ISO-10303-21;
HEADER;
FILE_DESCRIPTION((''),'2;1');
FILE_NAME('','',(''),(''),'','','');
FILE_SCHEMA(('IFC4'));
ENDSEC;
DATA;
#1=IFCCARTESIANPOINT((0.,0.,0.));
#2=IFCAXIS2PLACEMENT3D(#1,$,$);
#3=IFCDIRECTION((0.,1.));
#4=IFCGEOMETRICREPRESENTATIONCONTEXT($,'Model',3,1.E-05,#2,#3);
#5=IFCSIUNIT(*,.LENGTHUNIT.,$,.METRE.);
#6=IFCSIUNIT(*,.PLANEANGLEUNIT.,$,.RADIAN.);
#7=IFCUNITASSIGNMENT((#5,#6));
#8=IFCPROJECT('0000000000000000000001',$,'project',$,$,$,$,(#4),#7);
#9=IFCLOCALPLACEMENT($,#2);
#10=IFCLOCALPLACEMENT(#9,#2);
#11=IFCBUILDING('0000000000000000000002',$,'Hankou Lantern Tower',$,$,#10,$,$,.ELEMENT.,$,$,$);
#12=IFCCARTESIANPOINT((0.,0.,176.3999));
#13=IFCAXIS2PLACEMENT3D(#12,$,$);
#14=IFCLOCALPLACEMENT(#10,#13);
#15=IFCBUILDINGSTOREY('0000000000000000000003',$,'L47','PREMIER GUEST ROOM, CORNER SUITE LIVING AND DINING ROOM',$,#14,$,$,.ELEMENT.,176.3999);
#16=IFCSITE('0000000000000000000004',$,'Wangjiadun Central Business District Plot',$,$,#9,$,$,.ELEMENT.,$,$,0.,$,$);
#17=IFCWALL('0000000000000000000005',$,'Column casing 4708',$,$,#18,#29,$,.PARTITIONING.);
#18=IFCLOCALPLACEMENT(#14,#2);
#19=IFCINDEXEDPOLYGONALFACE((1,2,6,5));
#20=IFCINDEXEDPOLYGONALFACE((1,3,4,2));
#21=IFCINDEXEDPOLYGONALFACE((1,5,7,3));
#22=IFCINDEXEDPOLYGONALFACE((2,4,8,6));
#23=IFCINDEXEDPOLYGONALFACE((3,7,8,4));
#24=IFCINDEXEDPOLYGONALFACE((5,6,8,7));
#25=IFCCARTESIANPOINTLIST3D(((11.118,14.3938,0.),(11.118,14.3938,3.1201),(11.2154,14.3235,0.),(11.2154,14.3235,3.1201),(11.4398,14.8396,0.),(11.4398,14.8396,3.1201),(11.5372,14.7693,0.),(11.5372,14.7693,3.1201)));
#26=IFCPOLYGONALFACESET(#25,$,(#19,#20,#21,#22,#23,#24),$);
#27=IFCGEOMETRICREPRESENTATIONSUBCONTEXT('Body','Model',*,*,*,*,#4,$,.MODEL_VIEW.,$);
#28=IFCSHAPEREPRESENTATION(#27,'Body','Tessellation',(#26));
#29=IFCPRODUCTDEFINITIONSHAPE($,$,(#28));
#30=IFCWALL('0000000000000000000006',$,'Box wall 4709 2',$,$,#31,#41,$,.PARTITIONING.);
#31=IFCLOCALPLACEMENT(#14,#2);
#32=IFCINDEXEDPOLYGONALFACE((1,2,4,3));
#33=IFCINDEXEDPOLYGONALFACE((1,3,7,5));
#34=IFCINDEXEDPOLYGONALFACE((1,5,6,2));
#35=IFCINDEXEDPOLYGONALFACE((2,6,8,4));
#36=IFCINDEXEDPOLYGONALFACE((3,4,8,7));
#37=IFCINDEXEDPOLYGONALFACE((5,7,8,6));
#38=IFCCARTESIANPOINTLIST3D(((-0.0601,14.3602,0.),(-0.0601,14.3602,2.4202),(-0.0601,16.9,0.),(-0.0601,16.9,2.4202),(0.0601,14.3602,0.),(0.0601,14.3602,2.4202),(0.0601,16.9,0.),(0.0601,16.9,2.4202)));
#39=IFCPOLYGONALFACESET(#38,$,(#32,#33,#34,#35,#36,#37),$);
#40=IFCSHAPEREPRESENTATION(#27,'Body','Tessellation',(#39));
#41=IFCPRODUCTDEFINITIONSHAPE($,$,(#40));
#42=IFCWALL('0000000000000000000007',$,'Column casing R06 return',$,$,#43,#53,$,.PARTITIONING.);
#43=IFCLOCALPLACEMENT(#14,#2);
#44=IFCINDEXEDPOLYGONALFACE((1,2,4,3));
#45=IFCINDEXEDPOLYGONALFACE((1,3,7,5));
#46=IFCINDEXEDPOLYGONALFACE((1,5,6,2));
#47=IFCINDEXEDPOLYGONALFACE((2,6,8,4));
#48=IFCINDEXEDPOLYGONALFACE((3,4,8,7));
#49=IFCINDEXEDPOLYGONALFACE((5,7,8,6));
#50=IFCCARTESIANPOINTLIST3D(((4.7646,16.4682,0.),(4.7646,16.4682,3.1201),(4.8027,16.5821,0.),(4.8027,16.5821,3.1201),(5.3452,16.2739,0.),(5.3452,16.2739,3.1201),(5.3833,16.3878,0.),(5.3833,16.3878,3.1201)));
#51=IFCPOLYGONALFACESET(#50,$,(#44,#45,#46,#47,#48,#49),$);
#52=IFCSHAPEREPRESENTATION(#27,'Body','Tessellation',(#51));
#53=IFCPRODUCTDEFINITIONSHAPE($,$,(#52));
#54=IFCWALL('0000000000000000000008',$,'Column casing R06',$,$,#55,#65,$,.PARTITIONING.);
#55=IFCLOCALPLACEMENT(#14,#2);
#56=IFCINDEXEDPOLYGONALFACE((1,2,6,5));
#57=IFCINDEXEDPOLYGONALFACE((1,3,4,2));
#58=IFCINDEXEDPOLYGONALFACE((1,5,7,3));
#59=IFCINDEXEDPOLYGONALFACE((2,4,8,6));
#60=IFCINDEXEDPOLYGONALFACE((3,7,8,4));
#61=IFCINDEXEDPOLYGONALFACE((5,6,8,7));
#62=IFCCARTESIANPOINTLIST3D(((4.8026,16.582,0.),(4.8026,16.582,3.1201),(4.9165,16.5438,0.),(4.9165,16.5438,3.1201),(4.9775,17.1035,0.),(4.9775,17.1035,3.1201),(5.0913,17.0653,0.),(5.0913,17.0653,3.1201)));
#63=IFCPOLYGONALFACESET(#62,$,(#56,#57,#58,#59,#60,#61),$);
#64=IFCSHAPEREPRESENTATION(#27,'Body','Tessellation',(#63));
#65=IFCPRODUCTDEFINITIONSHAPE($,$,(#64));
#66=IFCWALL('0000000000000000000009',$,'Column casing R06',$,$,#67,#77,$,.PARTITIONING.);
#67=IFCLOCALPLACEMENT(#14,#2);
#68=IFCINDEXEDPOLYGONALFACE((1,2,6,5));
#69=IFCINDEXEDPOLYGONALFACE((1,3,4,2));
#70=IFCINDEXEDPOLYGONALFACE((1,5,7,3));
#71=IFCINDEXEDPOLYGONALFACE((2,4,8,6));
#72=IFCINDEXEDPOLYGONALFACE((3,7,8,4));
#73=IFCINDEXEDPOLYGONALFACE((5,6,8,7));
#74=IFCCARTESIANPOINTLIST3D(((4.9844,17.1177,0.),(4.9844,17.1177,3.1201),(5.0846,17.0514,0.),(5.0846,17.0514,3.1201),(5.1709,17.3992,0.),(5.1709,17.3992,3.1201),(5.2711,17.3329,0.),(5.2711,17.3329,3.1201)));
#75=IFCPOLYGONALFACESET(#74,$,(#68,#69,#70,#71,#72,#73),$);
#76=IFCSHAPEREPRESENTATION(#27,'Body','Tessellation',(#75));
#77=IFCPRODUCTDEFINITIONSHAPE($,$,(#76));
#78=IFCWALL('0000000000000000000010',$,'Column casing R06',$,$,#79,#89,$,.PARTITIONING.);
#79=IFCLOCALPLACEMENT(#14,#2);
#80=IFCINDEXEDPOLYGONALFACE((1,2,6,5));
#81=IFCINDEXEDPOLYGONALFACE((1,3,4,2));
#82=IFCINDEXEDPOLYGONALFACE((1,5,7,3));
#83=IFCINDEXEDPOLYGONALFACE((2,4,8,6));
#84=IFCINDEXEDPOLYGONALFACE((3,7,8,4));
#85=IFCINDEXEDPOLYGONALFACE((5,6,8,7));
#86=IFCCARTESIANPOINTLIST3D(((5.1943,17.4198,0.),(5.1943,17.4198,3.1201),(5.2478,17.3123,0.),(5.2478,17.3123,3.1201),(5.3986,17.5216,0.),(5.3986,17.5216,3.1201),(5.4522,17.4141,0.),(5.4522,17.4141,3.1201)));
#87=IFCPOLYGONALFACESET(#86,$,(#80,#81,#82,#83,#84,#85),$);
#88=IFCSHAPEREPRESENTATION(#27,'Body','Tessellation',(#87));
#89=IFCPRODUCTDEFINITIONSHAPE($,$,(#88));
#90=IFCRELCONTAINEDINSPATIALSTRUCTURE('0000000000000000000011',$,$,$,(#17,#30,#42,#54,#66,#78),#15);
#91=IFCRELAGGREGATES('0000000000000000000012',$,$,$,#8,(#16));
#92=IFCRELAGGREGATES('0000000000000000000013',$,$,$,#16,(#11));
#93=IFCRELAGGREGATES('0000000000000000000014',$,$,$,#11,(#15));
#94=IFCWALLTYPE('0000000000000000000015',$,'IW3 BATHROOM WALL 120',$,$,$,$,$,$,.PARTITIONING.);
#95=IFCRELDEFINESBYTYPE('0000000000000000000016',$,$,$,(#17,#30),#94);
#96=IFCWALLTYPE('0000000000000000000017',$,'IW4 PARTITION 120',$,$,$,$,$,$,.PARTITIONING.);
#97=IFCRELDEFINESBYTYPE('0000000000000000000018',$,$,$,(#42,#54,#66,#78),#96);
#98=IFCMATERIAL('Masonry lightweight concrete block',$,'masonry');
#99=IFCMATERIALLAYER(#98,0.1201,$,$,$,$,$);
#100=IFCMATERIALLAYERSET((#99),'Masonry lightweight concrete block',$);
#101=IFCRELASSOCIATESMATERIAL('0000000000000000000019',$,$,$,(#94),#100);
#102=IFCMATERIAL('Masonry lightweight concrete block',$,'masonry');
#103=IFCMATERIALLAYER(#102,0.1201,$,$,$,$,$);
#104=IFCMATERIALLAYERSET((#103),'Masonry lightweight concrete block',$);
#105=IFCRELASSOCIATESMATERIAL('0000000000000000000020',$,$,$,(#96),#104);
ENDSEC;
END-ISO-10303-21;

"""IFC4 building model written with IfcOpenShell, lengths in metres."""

from ifc_helpers import new_model, si_unit, direction, frame, frame_2d, origin, place, context, subcontext, project, spatial, rectangle, extrude, material, layer, layer_set, type_object, element, save


model = new_model("IFC4")

# Units and contexts
model_context = context("Model", 3, precision=1e-05, world=origin(), true_north=direction((0.0, 1.0)))
body_context = subcontext(model_context, "Body", "Model", "MODEL_VIEW")
ifc_project = project(units=[si_unit("LENGTHUNIT", "METRE"), si_unit("PLANEANGLEUNIT", "RADIAN")], contexts=[model_context])

# Site, building, storey
site_placement = place(None, origin())
site = spatial("IfcSite", under=ifc_project, at=site_placement, Name="Wangjiadun Central Business District Plot", CompositionType="ELEMENT", RefElevation=0.0)
building_placement = place(site_placement, origin())
building = spatial("IfcBuilding", under=site, at=building_placement, Name="Hankou Lantern Tower", CompositionType="ELEMENT")
storey_placement = place(building_placement, frame((0.0, 0.0, 176.3999)))
storey = spatial("IfcBuildingStorey", under=building, at=storey_placement, Name="L47", Description="PREMIER GUEST ROOM, CORNER SUITE LIVING AND DINING ROOM", CompositionType="ELEMENT", Elevation=176.3999)

# Walls
ifc_material_1 = material(Name="Masonry lightweight concrete block", Category="masonry")
ifc_layer_1 = layer(ifc_material_1, 0.1201)
ifc_layer_set_1 = layer_set([ifc_layer_1], Name="Masonry lightweight concrete block")
wall_type_1 = type_object("IfcWallType", Name="IW3 BATHROOM WALL 120", PredefinedType="PARTITIONING", material=ifc_layer_set_1)
wall_1_placement = place(storey_placement, frame((11.1667, 14.3586, 0.0), z_axis=(0.0, 0.0, 1.0), x_axis=(0.585264, 0.810843, 0.0)))
element("IfcWall", 1, at=wall_1_placement, inside=storey, type_object=wall_type_1, Name="Column casing 4708", PredefinedType="PARTITIONING", context=body_context, shape_type="SweptSolid", body=[
    extrude(rectangle(XDim=0.5498, YDim=0.1201, at=frame_2d((0.2749, 0.0))), origin(), (0.0, 0.0, 1.0), 3.1201),
])
wall_2_placement = place(storey_placement, frame((0.0, 14.3601, 0.0), z_axis=(0.0, 0.0, 1.0), x_axis=(0.0, 1.0, 0.0)))
element("IfcWall", 2, at=wall_2_placement, inside=storey, type_object=wall_type_1, Name="Box wall 4709 2", PredefinedType="PARTITIONING", context=body_context, shape_type="SweptSolid", body=[
    extrude(rectangle(XDim=2.5398, YDim=0.1201, at=frame_2d((1.27, 0.0))), origin(), (0.0, 0.0, 1.0), 2.4202),
])
ifc_material_2 = material(Name="Masonry lightweight concrete block", Category="masonry")
ifc_layer_2 = layer(ifc_material_2, 0.1201)
ifc_layer_set_2 = layer_set([ifc_layer_2], Name="Masonry lightweight concrete block")
wall_type_2 = type_object("IfcWallType", Name="IW4 PARTITION 120", PredefinedType="PARTITIONING", material=ifc_layer_set_2)
wall_3_placement = place(storey_placement, frame((5.3643, 16.3308, 0.0), z_axis=(0.0, 0.0, 1.0), x_axis=(-0.948284, 0.317424, 0.0)))
element("IfcWall", 3, at=wall_3_placement, inside=storey, type_object=wall_type_2, Name="Column casing R06 return", PredefinedType="PARTITIONING", context=body_context, shape_type="SweptSolid", body=[
    extrude(rectangle(XDim=0.6123, YDim=0.1201, at=frame_2d((0.3062, 0.0))), origin(), (0.0, 0.0, 1.0), 3.1201),
])
wall_4_placement = place(storey_placement, frame((4.8596, 16.563, 0.0), z_axis=(0.0, 0.0, 1.0), x_axis=(0.317825, 0.948149, 0.0)))
element("IfcWall", 4, at=wall_4_placement, inside=storey, type_object=wall_type_2, Name="Column casing R06", PredefinedType="PARTITIONING", context=body_context, shape_type="SweptSolid", body=[
    extrude(rectangle(XDim=0.55, YDim=0.1201, at=frame_2d((0.2749, 0.0))), origin(), (0.0, 0.0, 1.0), 3.1201),
])
wall_5_placement = place(storey_placement, frame((5.0344, 17.0845, 0.0), z_axis=(0.0, 0.0, 1.0), x_axis=(0.552362, 0.833604, 0.0)))
element("IfcWall", 5, at=wall_5_placement, inside=storey, type_object=wall_type_2, Name="Column casing R06", PredefinedType="PARTITIONING", context=body_context, shape_type="SweptSolid", body=[
    extrude(rectangle(XDim=0.3376, YDim=0.1201, at=frame_2d((0.1689, 0.0))), origin(), (0.0, 0.0, 1.0), 3.1201),
])
wall_6_placement = place(storey_placement, frame((5.2209, 17.366, 0.0), z_axis=(0.0, 0.0, 1.0), x_axis=(0.895068, 0.44593, 0.0)))
element("IfcWall", 6, at=wall_6_placement, inside=storey, type_object=wall_type_2, Name="Column casing R06", PredefinedType="PARTITIONING", context=body_context, shape_type="SweptSolid", body=[
    extrude(rectangle(XDim=0.2283, YDim=0.1201, at=frame_2d((0.1143, 0.0))), origin(), (0.0, 0.0, 1.0), 3.1201),
])

save(model, "model.ifc")
